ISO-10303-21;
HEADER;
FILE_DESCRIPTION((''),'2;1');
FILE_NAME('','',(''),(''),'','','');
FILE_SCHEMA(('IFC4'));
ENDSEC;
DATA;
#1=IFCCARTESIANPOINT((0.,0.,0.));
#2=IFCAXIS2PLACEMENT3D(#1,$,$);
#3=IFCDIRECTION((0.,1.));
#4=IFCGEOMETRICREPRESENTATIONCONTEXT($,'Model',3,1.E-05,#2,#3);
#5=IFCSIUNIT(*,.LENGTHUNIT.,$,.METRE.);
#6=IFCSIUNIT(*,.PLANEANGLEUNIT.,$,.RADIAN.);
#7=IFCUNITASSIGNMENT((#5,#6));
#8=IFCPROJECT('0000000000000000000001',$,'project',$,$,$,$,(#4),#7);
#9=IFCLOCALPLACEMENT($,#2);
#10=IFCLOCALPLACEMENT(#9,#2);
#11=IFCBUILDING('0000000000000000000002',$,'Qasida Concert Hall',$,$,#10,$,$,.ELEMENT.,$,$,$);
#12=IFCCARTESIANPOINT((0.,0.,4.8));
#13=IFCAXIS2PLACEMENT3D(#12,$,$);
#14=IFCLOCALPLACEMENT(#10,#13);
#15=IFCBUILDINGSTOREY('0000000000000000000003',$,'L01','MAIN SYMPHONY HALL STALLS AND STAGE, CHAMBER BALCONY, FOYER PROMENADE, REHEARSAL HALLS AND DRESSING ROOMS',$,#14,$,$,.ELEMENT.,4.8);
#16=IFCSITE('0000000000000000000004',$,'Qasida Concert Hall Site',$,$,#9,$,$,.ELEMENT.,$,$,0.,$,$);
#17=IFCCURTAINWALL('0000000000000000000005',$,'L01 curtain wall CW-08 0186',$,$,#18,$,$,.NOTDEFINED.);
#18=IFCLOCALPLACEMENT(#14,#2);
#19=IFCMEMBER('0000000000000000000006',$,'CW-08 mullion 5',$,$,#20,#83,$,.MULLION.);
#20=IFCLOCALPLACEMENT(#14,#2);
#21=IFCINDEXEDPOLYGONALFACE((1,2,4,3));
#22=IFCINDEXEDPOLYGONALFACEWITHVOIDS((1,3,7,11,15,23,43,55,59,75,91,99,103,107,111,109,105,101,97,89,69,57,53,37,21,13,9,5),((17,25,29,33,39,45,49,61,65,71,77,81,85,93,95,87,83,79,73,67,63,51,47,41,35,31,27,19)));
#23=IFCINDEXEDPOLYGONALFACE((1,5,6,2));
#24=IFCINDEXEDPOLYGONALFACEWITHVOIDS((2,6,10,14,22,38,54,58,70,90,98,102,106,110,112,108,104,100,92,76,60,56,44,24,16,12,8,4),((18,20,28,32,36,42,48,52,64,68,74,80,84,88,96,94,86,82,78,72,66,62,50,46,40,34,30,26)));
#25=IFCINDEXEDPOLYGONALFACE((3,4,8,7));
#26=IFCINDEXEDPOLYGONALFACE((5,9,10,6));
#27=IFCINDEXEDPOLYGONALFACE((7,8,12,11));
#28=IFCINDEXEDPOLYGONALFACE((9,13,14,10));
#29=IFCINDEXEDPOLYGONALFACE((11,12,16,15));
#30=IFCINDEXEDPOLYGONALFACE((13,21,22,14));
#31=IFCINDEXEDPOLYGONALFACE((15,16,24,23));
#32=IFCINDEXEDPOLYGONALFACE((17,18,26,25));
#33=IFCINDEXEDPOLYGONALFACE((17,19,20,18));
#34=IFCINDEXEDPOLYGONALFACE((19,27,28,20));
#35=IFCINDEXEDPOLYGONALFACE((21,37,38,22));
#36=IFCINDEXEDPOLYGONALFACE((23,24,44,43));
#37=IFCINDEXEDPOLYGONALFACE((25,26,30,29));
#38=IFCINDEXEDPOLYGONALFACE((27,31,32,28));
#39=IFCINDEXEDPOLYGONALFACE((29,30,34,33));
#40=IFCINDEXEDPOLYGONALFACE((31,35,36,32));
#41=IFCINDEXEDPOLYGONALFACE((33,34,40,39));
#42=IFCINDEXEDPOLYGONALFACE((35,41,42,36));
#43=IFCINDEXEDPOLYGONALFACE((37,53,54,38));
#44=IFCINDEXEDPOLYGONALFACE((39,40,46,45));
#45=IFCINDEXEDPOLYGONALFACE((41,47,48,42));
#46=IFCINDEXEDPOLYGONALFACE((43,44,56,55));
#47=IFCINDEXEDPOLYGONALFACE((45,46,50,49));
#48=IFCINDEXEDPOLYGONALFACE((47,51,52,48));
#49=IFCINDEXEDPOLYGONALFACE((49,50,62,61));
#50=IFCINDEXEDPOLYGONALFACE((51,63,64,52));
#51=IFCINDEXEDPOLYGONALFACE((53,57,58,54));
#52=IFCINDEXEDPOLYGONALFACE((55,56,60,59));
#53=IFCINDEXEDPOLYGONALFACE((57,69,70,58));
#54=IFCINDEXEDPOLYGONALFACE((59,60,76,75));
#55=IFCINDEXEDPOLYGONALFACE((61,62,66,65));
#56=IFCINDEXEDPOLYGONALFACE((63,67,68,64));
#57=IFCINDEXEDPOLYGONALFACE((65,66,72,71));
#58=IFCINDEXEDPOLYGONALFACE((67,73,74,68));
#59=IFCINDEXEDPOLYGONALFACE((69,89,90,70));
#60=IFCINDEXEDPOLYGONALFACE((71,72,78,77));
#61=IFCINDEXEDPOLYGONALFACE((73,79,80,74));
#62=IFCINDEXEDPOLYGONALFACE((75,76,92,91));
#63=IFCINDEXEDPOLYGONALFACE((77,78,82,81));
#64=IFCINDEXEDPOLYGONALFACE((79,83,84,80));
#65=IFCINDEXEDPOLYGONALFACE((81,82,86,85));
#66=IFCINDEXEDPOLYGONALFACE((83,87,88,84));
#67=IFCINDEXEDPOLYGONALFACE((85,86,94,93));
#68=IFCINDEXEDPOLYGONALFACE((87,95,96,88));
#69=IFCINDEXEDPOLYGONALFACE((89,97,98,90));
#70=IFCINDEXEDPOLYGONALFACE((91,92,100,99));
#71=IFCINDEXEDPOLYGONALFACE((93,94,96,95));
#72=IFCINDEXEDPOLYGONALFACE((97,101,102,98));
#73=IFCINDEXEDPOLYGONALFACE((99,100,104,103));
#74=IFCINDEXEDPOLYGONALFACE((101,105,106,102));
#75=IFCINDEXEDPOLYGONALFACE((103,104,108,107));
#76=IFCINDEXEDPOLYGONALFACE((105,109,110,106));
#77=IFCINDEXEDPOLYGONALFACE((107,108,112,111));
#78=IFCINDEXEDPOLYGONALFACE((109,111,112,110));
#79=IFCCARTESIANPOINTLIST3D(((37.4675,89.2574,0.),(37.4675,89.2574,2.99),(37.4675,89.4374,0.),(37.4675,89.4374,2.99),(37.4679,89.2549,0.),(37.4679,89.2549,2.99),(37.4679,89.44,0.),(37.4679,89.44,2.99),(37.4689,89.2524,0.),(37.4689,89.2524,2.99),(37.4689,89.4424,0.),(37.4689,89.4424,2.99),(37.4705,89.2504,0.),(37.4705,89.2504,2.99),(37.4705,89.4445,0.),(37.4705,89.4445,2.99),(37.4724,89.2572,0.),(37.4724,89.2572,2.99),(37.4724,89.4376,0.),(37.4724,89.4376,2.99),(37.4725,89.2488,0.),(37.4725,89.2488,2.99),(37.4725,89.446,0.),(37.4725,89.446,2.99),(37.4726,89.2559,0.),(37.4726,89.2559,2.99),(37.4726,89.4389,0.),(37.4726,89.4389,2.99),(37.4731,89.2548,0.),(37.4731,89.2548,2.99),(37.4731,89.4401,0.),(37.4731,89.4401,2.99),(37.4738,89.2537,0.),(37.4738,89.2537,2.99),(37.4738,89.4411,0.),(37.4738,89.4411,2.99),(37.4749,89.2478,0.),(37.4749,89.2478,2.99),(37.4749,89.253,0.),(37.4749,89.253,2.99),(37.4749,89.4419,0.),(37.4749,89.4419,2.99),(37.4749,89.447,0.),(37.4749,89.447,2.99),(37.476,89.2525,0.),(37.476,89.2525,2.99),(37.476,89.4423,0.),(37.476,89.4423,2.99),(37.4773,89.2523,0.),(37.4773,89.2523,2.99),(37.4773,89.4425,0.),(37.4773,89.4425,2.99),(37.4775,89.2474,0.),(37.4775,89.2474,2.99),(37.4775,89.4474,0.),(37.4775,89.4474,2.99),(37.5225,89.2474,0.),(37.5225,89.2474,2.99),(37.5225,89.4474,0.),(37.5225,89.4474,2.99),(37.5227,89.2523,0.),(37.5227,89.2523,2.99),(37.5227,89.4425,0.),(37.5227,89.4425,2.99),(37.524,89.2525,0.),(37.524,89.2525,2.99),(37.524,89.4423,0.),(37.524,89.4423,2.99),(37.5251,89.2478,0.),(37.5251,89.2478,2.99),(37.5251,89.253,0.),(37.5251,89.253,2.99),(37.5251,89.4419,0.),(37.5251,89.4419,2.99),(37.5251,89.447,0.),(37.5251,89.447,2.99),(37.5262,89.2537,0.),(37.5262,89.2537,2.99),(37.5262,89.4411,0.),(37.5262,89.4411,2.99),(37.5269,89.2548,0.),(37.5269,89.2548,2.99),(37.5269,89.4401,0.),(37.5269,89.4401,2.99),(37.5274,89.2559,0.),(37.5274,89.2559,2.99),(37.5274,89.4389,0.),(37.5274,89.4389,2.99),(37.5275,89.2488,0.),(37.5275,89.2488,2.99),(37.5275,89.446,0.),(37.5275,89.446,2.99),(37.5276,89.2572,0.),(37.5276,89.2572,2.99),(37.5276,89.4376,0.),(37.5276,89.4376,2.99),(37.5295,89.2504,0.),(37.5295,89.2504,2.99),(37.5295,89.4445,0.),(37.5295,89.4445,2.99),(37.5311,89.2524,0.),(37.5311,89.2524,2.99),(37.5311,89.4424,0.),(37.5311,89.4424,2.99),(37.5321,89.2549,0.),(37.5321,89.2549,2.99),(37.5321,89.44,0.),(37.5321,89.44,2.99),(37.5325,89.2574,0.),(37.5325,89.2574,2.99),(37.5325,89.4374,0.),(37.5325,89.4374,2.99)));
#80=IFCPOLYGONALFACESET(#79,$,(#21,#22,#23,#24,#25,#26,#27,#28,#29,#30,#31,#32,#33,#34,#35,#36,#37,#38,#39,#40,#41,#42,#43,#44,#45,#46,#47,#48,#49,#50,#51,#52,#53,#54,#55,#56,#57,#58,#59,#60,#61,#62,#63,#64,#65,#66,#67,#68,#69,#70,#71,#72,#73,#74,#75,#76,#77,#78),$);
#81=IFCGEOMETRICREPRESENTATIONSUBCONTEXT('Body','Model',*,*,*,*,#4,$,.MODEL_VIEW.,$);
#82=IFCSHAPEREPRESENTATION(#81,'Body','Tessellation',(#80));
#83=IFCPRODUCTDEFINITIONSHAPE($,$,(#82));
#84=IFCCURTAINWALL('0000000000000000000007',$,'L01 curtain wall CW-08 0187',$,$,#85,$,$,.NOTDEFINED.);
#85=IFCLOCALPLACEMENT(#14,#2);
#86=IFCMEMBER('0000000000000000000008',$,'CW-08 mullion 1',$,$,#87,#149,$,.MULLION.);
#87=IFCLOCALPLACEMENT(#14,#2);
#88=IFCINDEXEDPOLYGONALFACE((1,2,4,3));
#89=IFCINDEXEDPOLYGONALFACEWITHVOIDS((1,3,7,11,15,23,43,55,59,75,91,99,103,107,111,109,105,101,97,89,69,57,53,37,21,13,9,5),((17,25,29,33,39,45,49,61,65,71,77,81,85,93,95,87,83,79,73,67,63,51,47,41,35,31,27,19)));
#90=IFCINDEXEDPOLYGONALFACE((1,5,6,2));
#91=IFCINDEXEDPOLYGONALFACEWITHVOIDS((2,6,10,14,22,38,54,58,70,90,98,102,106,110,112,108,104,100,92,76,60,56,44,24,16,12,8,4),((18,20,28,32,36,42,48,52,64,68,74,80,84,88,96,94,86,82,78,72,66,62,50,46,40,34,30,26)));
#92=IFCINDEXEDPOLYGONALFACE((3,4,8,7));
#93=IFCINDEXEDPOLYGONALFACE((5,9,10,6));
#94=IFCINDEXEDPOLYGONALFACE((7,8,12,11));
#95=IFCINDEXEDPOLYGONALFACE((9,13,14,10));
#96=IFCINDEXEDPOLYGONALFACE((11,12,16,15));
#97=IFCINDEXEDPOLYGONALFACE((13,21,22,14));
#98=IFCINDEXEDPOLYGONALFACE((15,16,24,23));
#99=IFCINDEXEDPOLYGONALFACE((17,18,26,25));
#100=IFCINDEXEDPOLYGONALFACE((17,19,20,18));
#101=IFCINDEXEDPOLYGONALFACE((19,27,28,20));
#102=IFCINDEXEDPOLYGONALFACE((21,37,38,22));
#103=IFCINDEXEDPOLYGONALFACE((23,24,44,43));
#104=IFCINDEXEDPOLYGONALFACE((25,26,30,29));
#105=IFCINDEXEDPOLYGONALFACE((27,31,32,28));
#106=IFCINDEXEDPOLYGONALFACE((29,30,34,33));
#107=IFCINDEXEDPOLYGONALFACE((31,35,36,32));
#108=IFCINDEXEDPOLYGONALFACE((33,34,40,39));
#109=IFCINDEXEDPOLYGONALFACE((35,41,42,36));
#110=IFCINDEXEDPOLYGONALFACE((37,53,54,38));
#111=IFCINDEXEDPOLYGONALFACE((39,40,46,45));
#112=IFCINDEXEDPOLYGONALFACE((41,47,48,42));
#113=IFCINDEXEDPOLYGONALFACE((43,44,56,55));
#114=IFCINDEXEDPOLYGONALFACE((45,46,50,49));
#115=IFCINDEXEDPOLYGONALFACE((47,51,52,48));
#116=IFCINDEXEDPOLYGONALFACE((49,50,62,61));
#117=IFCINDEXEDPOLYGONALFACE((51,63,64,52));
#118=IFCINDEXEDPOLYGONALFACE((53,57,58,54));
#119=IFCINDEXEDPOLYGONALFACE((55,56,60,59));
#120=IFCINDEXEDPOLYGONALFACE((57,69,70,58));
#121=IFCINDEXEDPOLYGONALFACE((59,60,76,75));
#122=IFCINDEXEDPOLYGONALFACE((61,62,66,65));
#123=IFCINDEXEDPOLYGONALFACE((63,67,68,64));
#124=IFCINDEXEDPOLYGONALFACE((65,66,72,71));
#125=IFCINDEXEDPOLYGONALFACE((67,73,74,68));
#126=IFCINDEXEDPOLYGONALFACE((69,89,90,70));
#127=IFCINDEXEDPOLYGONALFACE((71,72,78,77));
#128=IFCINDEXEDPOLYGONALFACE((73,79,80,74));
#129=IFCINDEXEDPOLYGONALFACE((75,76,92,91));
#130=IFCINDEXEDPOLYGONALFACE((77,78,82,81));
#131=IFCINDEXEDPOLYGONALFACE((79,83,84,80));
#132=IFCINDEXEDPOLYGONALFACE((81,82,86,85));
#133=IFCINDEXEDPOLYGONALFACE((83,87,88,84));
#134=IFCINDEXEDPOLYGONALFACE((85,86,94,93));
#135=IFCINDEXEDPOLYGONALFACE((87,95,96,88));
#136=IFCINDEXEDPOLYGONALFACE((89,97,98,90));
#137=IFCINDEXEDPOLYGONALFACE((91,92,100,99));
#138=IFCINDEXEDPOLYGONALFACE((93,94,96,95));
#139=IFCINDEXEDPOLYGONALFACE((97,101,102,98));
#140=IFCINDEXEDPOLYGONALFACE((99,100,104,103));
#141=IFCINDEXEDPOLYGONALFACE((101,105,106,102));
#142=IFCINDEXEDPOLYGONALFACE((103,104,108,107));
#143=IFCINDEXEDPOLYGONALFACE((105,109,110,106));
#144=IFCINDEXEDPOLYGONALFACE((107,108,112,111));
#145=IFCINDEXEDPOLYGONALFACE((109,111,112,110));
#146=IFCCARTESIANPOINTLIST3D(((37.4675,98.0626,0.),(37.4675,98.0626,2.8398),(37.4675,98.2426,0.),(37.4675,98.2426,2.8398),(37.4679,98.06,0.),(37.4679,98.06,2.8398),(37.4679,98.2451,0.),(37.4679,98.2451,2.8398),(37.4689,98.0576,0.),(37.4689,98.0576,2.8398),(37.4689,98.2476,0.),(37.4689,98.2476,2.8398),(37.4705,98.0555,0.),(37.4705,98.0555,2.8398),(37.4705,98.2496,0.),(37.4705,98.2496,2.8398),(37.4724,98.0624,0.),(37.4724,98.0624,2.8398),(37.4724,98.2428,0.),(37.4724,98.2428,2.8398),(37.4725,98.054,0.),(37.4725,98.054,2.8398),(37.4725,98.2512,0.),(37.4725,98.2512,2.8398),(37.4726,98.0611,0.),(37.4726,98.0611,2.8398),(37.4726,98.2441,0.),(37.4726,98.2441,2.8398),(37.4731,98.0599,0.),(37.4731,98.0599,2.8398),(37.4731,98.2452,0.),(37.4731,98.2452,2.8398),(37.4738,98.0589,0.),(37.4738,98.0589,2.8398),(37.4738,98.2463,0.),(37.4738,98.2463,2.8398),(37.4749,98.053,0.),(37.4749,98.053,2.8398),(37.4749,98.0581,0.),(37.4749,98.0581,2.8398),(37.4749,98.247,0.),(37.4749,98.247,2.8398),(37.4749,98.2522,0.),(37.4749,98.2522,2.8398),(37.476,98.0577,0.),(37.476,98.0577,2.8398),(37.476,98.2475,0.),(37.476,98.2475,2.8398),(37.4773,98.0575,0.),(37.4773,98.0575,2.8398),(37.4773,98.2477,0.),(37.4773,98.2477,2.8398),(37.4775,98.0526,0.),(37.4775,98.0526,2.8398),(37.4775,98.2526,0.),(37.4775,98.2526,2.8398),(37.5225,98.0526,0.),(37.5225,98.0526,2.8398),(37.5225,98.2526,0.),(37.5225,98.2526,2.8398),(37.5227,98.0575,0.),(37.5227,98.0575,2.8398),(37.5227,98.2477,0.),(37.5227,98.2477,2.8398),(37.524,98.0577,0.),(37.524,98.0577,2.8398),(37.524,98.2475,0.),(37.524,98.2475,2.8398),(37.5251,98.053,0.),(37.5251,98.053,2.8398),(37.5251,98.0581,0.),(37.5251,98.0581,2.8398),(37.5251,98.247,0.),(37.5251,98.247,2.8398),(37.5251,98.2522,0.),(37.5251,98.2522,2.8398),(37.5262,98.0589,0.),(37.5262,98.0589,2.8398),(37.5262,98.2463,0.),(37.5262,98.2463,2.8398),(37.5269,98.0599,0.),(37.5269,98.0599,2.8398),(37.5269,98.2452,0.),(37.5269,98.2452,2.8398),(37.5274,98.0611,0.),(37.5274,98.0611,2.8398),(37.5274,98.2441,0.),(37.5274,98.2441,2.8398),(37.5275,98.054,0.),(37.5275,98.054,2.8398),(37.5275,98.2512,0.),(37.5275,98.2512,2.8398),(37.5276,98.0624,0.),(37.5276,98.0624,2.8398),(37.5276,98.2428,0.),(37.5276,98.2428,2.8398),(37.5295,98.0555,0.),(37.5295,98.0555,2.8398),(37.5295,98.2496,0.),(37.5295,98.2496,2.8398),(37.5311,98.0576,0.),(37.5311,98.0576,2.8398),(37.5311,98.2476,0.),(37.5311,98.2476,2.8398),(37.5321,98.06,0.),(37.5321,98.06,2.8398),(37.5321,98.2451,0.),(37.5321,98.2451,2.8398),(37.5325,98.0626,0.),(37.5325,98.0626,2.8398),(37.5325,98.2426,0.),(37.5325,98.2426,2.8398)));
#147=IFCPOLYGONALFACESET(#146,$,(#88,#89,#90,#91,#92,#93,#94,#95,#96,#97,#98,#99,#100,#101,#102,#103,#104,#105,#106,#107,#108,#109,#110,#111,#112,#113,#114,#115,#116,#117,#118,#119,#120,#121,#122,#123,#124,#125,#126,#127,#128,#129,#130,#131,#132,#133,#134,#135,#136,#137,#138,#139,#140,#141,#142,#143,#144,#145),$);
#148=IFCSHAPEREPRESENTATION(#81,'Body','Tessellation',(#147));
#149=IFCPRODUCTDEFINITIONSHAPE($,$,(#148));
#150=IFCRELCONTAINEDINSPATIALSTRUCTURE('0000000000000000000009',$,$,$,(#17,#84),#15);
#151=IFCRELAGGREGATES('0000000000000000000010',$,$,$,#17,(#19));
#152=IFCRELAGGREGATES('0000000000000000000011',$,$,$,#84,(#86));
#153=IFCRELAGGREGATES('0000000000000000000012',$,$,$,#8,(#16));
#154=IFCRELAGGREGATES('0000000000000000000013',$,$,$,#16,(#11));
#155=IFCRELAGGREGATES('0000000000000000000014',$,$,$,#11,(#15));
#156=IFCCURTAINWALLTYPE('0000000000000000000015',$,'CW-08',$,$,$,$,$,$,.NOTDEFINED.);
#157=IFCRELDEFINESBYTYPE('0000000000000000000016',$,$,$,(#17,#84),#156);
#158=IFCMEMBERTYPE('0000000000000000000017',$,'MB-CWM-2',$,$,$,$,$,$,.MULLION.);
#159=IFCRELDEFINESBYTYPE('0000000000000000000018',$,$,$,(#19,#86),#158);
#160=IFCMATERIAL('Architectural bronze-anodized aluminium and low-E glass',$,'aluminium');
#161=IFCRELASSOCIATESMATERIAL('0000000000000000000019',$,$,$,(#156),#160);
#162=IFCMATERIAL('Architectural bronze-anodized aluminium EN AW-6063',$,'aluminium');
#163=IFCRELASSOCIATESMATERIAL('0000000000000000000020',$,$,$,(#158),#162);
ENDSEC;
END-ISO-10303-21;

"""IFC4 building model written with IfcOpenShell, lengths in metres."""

from ifc_helpers import new_model, si_unit, direction, frame, origin, origin_2d, place, context, subcontext, project, spatial, hollow_rectangle, extrude, material, material_profile, profile_set, type_object, element, aggregate, save


model = new_model("IFC4")

# Units and contexts
model_context = context("Model", 3, precision=1e-05, world=origin(), true_north=direction((0.0, 1.0)))
body_context = subcontext(model_context, "Body", "Model", "MODEL_VIEW")
ifc_project = project(units=[si_unit("LENGTHUNIT", "METRE"), si_unit("PLANEANGLEUNIT", "RADIAN")], contexts=[model_context])

# Site, building, storey
site_placement = place(None, origin())
site = spatial("IfcSite", under=ifc_project, at=site_placement, Name="Qasida Concert Hall Site", CompositionType="ELEMENT", RefElevation=0.0)
building_placement = place(site_placement, origin())
building = spatial("IfcBuilding", under=site, at=building_placement, Name="Qasida Concert Hall", CompositionType="ELEMENT")
storey_placement = place(building_placement, frame((0.0, 0.0, 4.8)))
storey = spatial("IfcBuildingStorey", under=building, at=storey_placement, Name="L01", Description="MAIN SYMPHONY HALL STALLS AND STAGE, CHAMBER BALCONY, FOYER PROMENADE, REHEARSAL HALLS AND DRESSING ROOMS", CompositionType="ELEMENT", Elevation=4.8)

# Curtain walls, members
ifc_material_1 = material(Name="Architectural bronze-anodized aluminium and low-E glass", Category="aluminium")
curtain_wall_type = type_object("IfcCurtainWallType", Name="CW-08", PredefinedType="NOTDEFINED", material=ifc_material_1)
curtain_wall_1_placement = place(storey_placement, origin())
curtain_wall_1 = element("IfcCurtainWall", 1, at=curtain_wall_1_placement, inside=storey, type_object=curtain_wall_type, Name="L01 curtain wall CW-08 0186", PredefinedType="NOTDEFINED")
ifc_material_2 = material(Name="Architectural bronze-anodized aluminium EN AW-6063", Category="aluminium")
ifc_material_profile_1 = material_profile(ifc_material_2, hollow_rectangle(XDim=0.0649, YDim=0.2, WallThickness=0.0049, InnerFilletRadius=0.0049, OuterFilletRadius=0.01, at=origin_2d()), Name="CWM 200x65x5")
ifc_profile_set_1 = profile_set([ifc_material_profile_1], Name="Architectural bronze-anodized aluminium EN AW-6063")
member_type_1 = type_object("IfcMemberType", Name="MB-CWM-2", PredefinedType="MULLION", material=ifc_profile_set_1)
member_1_placement = place(storey_placement, frame((37.5, 89.3474, 0.0), z_axis=(0.0, 0.0, 1.0), x_axis=(-1.0, 0.0, 0.0)))
member_1 = element("IfcMember", 2, at=member_1_placement, type_object=member_type_1, Name="CW-08 mullion 5", PredefinedType="MULLION", context=body_context, shape_type="SweptSolid", body=[
    extrude(hollow_rectangle(XDim=0.0649, YDim=0.2, WallThickness=0.0049, InnerFilletRadius=0.0049, OuterFilletRadius=0.01, at=origin_2d()), origin(), (0.0, 0.0, 1.0), 2.99),
])
curtain_wall_2_placement = place(storey_placement, origin())
curtain_wall_2 = element("IfcCurtainWall", 3, at=curtain_wall_2_placement, inside=storey, type_object=curtain_wall_type, Name="L01 curtain wall CW-08 0187", PredefinedType="NOTDEFINED")
member_2_placement = place(storey_placement, frame((37.5, 98.1526, 0.0), z_axis=(0.0, 0.0, 1.0), x_axis=(-1.0, 0.0, 0.0)))
member_2 = element("IfcMember", 4, at=member_2_placement, type_object=member_type_1, Name="CW-08 mullion 1", PredefinedType="MULLION", context=body_context, shape_type="SweptSolid", body=[
    extrude(hollow_rectangle(XDim=0.0649, YDim=0.2, WallThickness=0.0049, InnerFilletRadius=0.0049, OuterFilletRadius=0.01, at=origin_2d()), origin(), (0.0, 0.0, 1.0), 2.8398),
])

aggregate(curtain_wall_1, [member_1])
aggregate(curtain_wall_2, [member_2])

save(model, "model.ifc")
